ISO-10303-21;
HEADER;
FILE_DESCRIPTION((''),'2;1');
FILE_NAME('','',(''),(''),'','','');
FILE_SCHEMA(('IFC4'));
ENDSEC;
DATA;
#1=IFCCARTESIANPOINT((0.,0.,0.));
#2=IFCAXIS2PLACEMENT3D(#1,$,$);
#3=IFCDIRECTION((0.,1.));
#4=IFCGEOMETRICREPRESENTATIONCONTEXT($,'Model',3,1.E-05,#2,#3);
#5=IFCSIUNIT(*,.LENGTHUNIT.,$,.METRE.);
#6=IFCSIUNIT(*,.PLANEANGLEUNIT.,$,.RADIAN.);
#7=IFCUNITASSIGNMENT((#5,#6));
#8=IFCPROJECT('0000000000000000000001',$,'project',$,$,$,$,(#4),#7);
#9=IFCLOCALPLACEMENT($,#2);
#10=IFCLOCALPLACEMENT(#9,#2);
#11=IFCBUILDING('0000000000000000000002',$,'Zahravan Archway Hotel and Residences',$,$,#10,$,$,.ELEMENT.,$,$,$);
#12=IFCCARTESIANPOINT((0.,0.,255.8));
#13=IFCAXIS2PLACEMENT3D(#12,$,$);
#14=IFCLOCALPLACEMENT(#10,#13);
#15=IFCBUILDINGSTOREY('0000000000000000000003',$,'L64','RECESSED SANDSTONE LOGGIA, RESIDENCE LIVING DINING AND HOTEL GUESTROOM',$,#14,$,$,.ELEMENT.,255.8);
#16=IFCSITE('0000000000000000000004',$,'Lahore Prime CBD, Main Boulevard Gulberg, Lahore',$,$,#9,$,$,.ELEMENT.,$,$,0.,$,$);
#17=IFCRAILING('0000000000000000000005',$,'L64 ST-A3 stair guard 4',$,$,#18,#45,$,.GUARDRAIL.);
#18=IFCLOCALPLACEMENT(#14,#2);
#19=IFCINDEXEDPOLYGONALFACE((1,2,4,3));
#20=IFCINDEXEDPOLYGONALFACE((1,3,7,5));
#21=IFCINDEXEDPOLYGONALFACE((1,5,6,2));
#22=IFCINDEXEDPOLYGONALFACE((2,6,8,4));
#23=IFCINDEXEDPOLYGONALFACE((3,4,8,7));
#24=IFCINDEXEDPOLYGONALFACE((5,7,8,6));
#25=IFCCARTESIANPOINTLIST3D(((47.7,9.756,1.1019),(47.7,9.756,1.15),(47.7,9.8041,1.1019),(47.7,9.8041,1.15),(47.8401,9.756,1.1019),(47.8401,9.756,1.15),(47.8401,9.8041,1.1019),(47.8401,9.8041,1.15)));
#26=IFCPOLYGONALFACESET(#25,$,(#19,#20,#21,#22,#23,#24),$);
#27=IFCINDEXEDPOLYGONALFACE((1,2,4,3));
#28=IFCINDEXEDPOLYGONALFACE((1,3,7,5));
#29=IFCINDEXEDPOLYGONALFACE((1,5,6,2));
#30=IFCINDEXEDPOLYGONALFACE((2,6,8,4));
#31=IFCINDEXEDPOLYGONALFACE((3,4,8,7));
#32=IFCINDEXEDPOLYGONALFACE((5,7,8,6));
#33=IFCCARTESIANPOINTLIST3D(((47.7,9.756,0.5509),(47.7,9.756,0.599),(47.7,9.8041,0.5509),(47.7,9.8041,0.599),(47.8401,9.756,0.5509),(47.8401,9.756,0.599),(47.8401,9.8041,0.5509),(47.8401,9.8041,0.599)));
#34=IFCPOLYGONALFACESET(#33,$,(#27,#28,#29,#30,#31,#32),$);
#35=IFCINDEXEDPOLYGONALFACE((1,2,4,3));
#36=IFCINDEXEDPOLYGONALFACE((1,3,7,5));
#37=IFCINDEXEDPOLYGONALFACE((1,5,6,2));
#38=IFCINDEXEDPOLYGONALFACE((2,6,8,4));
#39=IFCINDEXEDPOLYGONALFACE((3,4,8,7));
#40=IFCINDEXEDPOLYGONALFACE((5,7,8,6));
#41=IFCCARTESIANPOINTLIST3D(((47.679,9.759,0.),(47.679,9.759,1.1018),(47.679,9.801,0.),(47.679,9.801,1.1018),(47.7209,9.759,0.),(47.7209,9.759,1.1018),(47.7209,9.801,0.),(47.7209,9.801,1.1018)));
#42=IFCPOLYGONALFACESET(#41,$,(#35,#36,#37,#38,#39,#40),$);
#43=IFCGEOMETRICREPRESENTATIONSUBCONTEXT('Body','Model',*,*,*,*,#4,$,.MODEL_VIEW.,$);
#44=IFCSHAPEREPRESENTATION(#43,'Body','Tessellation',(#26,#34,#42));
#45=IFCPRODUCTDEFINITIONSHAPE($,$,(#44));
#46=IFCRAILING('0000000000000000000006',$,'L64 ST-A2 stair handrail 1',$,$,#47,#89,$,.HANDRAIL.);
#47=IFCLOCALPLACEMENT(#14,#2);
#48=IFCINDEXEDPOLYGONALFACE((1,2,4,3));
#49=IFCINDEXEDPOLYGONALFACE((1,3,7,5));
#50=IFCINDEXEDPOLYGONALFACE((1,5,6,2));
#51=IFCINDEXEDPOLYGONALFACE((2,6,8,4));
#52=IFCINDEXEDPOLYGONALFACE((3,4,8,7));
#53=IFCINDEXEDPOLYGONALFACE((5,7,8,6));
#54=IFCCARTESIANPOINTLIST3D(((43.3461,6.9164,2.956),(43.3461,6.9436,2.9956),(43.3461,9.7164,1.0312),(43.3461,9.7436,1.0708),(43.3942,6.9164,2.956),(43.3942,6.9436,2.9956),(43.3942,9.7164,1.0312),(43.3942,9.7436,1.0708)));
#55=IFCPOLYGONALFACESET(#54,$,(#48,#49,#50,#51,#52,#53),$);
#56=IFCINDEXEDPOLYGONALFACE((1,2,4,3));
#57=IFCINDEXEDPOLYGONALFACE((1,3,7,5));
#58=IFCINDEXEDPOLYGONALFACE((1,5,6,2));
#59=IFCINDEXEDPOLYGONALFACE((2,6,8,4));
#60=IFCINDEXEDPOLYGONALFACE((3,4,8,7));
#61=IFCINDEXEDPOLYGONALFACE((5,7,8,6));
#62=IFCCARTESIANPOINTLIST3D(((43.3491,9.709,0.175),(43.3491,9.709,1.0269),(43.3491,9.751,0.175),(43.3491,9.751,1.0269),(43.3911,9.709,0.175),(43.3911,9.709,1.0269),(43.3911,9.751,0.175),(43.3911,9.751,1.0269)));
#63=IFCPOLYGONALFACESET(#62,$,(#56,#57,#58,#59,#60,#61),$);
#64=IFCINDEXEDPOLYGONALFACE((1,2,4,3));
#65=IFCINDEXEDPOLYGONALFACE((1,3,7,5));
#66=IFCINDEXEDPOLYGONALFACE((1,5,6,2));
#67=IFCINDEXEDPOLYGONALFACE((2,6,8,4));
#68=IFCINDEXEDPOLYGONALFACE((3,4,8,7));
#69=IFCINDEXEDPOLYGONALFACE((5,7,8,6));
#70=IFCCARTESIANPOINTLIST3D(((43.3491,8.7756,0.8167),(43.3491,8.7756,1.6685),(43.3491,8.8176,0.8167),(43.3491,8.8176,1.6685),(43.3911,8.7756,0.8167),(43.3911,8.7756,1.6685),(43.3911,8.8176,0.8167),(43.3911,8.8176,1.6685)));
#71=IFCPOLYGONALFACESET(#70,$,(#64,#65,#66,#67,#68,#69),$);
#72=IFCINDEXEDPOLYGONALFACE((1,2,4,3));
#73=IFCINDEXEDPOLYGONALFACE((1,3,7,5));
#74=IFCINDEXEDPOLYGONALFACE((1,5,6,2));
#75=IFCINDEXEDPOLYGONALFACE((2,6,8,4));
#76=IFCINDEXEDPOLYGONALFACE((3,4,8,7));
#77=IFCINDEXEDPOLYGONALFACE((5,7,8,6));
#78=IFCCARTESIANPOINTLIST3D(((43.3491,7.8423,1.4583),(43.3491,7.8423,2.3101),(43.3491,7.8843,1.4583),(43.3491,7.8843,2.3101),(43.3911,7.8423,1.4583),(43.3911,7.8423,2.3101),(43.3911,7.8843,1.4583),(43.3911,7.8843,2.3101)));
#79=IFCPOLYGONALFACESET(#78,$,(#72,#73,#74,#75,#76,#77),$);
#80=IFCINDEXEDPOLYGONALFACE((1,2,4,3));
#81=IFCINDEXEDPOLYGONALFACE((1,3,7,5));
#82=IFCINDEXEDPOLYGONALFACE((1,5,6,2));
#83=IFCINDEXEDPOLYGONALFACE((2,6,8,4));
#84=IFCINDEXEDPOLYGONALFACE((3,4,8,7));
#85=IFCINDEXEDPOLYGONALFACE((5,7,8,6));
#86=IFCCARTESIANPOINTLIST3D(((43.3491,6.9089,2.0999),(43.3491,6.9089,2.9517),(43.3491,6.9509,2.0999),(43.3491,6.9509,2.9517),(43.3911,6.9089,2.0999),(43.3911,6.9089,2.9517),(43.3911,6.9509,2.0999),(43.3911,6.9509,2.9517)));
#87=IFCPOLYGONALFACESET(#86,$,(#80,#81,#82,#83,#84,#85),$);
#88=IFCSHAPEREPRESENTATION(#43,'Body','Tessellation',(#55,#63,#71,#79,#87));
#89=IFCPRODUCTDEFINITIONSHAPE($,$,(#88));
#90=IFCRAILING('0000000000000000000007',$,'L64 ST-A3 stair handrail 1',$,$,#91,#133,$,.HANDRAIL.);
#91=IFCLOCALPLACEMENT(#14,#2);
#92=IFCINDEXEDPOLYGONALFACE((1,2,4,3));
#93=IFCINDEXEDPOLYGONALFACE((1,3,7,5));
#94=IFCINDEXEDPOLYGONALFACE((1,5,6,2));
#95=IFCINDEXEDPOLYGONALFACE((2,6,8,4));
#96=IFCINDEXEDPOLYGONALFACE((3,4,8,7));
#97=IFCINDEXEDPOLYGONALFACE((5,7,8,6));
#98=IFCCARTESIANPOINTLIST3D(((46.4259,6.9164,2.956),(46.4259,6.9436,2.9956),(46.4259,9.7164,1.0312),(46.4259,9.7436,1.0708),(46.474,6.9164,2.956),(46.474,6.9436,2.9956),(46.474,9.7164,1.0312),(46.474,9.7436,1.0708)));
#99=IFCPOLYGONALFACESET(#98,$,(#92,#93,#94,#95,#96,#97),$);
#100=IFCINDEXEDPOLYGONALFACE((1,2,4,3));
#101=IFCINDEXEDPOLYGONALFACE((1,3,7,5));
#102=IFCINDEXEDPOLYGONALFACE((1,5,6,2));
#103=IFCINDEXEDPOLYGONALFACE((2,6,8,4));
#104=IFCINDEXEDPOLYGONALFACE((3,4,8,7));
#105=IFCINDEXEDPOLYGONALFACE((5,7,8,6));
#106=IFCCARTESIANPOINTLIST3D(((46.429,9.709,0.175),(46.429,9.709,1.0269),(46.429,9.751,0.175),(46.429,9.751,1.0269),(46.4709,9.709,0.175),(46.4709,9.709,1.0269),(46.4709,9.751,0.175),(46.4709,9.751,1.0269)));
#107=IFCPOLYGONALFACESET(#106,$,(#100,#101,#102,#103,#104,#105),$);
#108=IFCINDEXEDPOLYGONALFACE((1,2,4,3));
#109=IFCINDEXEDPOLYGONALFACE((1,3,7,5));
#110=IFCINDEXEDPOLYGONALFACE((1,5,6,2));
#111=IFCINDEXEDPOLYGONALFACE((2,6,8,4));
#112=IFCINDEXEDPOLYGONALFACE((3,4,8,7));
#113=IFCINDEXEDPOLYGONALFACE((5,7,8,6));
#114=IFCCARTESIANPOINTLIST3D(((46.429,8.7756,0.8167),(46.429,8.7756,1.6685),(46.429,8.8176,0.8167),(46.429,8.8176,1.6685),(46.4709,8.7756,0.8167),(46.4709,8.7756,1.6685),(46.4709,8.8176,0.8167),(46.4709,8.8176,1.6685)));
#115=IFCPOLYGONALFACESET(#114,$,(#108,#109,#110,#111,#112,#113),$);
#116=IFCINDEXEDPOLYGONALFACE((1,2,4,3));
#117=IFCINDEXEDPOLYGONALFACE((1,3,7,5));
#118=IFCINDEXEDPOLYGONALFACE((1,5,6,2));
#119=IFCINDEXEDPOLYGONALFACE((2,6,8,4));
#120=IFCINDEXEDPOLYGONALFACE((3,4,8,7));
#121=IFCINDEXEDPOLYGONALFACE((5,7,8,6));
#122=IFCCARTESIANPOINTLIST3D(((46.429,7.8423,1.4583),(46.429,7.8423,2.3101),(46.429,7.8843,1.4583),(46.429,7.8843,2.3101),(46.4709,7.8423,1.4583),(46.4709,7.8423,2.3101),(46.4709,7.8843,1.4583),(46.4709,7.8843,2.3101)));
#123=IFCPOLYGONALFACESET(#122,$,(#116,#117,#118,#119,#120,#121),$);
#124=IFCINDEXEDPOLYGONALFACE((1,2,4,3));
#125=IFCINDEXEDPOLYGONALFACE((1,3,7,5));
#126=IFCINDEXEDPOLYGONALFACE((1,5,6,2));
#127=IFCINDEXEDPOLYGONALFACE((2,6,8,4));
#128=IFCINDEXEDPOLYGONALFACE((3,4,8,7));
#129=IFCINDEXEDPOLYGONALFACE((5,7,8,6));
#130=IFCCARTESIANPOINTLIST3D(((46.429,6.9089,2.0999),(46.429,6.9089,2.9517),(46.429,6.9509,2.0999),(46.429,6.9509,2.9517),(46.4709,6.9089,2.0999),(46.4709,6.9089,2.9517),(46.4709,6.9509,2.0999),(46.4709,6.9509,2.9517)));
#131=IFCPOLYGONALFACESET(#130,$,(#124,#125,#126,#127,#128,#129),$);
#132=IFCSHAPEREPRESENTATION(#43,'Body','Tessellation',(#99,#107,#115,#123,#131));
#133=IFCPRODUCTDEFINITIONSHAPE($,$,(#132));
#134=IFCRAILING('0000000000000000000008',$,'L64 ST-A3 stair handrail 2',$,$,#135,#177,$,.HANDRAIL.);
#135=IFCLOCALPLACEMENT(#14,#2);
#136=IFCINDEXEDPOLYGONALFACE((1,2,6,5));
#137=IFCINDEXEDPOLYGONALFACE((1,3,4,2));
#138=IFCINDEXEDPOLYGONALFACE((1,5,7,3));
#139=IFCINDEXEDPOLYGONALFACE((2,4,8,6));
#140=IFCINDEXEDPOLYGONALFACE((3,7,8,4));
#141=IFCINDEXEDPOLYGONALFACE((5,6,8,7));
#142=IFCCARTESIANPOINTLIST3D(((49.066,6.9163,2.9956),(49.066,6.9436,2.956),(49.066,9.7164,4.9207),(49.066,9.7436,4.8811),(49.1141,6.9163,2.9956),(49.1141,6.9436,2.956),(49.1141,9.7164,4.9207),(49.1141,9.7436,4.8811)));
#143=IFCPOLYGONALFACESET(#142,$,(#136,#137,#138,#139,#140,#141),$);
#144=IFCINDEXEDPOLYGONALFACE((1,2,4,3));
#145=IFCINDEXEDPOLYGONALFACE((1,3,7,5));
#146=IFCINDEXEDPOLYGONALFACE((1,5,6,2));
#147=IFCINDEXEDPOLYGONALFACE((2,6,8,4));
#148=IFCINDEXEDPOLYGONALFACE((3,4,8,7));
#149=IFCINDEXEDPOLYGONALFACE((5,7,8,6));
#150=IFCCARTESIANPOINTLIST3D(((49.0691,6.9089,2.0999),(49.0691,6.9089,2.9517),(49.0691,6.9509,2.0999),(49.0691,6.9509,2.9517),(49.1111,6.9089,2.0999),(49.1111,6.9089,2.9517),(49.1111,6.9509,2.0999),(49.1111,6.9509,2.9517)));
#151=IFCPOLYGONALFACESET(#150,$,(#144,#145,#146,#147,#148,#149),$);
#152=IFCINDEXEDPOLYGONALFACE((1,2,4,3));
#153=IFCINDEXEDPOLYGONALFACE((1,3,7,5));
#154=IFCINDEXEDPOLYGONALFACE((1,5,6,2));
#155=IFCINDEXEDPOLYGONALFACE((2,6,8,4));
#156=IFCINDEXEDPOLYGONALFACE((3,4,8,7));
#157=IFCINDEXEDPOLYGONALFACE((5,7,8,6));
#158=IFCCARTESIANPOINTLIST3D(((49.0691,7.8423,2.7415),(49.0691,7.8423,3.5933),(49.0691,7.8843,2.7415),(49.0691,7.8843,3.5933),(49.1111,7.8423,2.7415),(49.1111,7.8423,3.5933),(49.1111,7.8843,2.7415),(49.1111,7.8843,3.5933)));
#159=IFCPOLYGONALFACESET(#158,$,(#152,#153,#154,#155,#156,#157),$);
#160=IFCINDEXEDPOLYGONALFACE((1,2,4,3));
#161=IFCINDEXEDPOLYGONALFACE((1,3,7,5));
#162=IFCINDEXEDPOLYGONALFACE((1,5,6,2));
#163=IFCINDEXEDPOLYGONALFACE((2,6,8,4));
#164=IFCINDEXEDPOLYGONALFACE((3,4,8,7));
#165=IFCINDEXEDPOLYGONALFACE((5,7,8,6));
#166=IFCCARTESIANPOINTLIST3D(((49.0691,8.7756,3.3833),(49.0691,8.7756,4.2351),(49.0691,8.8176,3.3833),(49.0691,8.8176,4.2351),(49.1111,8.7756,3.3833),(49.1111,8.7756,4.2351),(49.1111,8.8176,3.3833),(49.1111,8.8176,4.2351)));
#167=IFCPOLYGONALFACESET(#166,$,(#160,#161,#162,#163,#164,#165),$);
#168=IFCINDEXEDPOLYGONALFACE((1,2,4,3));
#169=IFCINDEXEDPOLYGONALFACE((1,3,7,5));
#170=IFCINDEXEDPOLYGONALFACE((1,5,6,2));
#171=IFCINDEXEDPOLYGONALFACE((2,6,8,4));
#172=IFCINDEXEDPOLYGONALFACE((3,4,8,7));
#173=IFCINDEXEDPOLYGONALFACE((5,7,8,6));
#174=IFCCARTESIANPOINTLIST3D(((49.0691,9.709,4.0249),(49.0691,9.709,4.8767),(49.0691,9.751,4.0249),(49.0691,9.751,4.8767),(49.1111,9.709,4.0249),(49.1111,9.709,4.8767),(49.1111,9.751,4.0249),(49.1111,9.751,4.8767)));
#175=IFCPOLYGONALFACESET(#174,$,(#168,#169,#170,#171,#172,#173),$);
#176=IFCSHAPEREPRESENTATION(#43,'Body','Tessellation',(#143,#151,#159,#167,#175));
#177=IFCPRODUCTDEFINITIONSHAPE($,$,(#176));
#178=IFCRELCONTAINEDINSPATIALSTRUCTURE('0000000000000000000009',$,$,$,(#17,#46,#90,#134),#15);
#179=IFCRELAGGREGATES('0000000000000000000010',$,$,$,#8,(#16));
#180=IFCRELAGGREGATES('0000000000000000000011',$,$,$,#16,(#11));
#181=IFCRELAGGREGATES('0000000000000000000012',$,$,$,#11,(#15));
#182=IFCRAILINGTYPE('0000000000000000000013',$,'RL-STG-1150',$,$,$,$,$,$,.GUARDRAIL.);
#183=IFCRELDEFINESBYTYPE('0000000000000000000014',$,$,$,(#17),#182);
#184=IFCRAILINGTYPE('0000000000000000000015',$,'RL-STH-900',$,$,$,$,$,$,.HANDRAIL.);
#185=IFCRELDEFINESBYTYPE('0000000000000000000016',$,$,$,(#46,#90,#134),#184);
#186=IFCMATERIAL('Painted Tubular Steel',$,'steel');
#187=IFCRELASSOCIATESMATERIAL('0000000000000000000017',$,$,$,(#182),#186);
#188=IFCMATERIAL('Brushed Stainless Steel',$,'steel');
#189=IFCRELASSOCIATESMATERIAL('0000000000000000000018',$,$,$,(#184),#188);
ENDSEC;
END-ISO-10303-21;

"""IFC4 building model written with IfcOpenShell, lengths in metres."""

from ifc_helpers import new_model, si_unit, direction, frame, origin, origin_2d, place, context, subcontext, project, spatial, rectangle, extrude, material, type_object, element, save


model = new_model("IFC4")

# Units and contexts
model_context = context("Model", 3, precision=1e-05, world=origin(), true_north=direction((0.0, 1.0)))
body_context = subcontext(model_context, "Body", "Model", "MODEL_VIEW")
ifc_project = project(units=[si_unit("LENGTHUNIT", "METRE"), si_unit("PLANEANGLEUNIT", "RADIAN")], contexts=[model_context])

# Site, building, storey
site_placement = place(None, origin())
site = spatial("IfcSite", under=ifc_project, at=site_placement, Name="Lahore Prime CBD, Main Boulevard Gulberg, Lahore", CompositionType="ELEMENT", RefElevation=0.0)
building_placement = place(site_placement, origin())
building = spatial("IfcBuilding", under=site, at=building_placement, Name="Zahravan Archway Hotel and Residences", CompositionType="ELEMENT")
storey_placement = place(building_placement, frame((0.0, 0.0, 255.8)))
storey = spatial("IfcBuildingStorey", under=building, at=storey_placement, Name="L64", Description="RECESSED SANDSTONE LOGGIA, RESIDENCE LIVING DINING AND HOTEL GUESTROOM", CompositionType="ELEMENT", Elevation=255.8)

# Railings
ifc_material_1 = material(Name="Painted Tubular Steel", Category="steel")
railing_type_1 = type_object("IfcRailingType", Name="RL-STG-1150", PredefinedType="GUARDRAIL", material=ifc_material_1)
railing_1_placement = place(storey_placement, frame((47.7, 9.78, 0.0)))
element("IfcRailing", 1, at=railing_1_placement, inside=storey, type_object=railing_type_1, Name="L64 ST-A3 stair guard 4", PredefinedType="GUARDRAIL", context=body_context, shape_type="SweptSolid", body=[
    extrude(rectangle(XDim=0.0481, YDim=0.0481, at=origin_2d()), frame((0.0, 0.0, 1.126), z_axis=(1.0, 0.0, 0.0), x_axis=(0.0, 1.0, 0.0)), (0.0, 0.0, 1.0), 0.1401),
    extrude(rectangle(XDim=0.0481, YDim=0.0481, at=origin_2d()), frame((0.0, 0.0, 0.575), z_axis=(1.0, 0.0, 0.0), x_axis=(0.0, 1.0, 0.0)), (0.0, 0.0, 1.0), 0.1401),
    extrude(rectangle(XDim=0.042, YDim=0.042, at=origin_2d()), origin(), (0.0, 0.0, 1.0), 1.1018),
])
ifc_material_2 = material(Name="Brushed Stainless Steel", Category="steel")
railing_type_2 = type_object("IfcRailingType", Name="RL-STH-900", PredefinedType="HANDRAIL", material=ifc_material_2)
for number, where, name in (
    (2, (43.3701, 9.73, 0.175), "L64 ST-A2 stair handrail 1"),
    (3, (46.45, 9.73, 0.175), "L64 ST-A3 stair handrail 1"),
):
    element("IfcRailing", number, at=place(storey_placement, frame(where)), inside=storey, type_object=railing_type_2, Name=name, PredefinedType="HANDRAIL", context=body_context, shape_type="SweptSolid", body=[
        extrude(rectangle(XDim=0.0481, YDim=0.0481, at=origin_2d()), frame((0.0, 0.0, 0.876), z_axis=(0.0, -0.824073, 0.566483), x_axis=(1.0, 0.0, 0.0)), (0.0, 0.0, 1.0), 3.3977),
        extrude(rectangle(XDim=0.042, YDim=0.042, at=origin_2d()), origin(), (0.0, 0.0, 1.0), 0.8518),
        extrude(rectangle(XDim=0.042, YDim=0.042, at=origin_2d()), frame((0.0, -0.9333, 0.6416)), (0.0, 0.0, 1.0), 0.8518),
        extrude(rectangle(XDim=0.042, YDim=0.042, at=origin_2d()), frame((0.0, -1.8667, 1.2832)), (0.0, 0.0, 1.0), 0.8518),
        extrude(rectangle(XDim=0.042, YDim=0.042, at=origin_2d()), frame((0.0, -2.8, 1.9248)), (0.0, 0.0, 1.0), 0.8518),
    ])
railing_2_placement = place(storey_placement, frame((49.0901, 6.9299, 2.0999)))
element("IfcRailing", 4, at=railing_2_placement, inside=storey, type_object=railing_type_2, Name="L64 ST-A3 stair handrail 2", PredefinedType="HANDRAIL", context=body_context, shape_type="SweptSolid", body=[
    extrude(rectangle(XDim=0.0481, YDim=0.0481, at=origin_2d()), frame((0.0, 0.0, 0.876), z_axis=(0.0, 0.82404, 0.566532), x_axis=(-1.0, 0.0, 0.0)), (0.0, 0.0, 1.0), 3.3979),
    extrude(rectangle(XDim=0.042, YDim=0.042, at=origin_2d()), origin(), (0.0, 0.0, 1.0), 0.8518),
    extrude(rectangle(XDim=0.042, YDim=0.042, at=origin_2d()), frame((0.0, 0.9333, 0.6416)), (0.0, 0.0, 1.0), 0.8518),
    extrude(rectangle(XDim=0.042, YDim=0.042, at=origin_2d()), frame((0.0, 1.8667, 1.2834)), (0.0, 0.0, 1.0), 0.8518),
    extrude(rectangle(XDim=0.042, YDim=0.042, at=origin_2d()), frame((0.0, 2.8, 1.925)), (0.0, 0.0, 1.0), 0.8518),
])

save(model, "model.ifc")
